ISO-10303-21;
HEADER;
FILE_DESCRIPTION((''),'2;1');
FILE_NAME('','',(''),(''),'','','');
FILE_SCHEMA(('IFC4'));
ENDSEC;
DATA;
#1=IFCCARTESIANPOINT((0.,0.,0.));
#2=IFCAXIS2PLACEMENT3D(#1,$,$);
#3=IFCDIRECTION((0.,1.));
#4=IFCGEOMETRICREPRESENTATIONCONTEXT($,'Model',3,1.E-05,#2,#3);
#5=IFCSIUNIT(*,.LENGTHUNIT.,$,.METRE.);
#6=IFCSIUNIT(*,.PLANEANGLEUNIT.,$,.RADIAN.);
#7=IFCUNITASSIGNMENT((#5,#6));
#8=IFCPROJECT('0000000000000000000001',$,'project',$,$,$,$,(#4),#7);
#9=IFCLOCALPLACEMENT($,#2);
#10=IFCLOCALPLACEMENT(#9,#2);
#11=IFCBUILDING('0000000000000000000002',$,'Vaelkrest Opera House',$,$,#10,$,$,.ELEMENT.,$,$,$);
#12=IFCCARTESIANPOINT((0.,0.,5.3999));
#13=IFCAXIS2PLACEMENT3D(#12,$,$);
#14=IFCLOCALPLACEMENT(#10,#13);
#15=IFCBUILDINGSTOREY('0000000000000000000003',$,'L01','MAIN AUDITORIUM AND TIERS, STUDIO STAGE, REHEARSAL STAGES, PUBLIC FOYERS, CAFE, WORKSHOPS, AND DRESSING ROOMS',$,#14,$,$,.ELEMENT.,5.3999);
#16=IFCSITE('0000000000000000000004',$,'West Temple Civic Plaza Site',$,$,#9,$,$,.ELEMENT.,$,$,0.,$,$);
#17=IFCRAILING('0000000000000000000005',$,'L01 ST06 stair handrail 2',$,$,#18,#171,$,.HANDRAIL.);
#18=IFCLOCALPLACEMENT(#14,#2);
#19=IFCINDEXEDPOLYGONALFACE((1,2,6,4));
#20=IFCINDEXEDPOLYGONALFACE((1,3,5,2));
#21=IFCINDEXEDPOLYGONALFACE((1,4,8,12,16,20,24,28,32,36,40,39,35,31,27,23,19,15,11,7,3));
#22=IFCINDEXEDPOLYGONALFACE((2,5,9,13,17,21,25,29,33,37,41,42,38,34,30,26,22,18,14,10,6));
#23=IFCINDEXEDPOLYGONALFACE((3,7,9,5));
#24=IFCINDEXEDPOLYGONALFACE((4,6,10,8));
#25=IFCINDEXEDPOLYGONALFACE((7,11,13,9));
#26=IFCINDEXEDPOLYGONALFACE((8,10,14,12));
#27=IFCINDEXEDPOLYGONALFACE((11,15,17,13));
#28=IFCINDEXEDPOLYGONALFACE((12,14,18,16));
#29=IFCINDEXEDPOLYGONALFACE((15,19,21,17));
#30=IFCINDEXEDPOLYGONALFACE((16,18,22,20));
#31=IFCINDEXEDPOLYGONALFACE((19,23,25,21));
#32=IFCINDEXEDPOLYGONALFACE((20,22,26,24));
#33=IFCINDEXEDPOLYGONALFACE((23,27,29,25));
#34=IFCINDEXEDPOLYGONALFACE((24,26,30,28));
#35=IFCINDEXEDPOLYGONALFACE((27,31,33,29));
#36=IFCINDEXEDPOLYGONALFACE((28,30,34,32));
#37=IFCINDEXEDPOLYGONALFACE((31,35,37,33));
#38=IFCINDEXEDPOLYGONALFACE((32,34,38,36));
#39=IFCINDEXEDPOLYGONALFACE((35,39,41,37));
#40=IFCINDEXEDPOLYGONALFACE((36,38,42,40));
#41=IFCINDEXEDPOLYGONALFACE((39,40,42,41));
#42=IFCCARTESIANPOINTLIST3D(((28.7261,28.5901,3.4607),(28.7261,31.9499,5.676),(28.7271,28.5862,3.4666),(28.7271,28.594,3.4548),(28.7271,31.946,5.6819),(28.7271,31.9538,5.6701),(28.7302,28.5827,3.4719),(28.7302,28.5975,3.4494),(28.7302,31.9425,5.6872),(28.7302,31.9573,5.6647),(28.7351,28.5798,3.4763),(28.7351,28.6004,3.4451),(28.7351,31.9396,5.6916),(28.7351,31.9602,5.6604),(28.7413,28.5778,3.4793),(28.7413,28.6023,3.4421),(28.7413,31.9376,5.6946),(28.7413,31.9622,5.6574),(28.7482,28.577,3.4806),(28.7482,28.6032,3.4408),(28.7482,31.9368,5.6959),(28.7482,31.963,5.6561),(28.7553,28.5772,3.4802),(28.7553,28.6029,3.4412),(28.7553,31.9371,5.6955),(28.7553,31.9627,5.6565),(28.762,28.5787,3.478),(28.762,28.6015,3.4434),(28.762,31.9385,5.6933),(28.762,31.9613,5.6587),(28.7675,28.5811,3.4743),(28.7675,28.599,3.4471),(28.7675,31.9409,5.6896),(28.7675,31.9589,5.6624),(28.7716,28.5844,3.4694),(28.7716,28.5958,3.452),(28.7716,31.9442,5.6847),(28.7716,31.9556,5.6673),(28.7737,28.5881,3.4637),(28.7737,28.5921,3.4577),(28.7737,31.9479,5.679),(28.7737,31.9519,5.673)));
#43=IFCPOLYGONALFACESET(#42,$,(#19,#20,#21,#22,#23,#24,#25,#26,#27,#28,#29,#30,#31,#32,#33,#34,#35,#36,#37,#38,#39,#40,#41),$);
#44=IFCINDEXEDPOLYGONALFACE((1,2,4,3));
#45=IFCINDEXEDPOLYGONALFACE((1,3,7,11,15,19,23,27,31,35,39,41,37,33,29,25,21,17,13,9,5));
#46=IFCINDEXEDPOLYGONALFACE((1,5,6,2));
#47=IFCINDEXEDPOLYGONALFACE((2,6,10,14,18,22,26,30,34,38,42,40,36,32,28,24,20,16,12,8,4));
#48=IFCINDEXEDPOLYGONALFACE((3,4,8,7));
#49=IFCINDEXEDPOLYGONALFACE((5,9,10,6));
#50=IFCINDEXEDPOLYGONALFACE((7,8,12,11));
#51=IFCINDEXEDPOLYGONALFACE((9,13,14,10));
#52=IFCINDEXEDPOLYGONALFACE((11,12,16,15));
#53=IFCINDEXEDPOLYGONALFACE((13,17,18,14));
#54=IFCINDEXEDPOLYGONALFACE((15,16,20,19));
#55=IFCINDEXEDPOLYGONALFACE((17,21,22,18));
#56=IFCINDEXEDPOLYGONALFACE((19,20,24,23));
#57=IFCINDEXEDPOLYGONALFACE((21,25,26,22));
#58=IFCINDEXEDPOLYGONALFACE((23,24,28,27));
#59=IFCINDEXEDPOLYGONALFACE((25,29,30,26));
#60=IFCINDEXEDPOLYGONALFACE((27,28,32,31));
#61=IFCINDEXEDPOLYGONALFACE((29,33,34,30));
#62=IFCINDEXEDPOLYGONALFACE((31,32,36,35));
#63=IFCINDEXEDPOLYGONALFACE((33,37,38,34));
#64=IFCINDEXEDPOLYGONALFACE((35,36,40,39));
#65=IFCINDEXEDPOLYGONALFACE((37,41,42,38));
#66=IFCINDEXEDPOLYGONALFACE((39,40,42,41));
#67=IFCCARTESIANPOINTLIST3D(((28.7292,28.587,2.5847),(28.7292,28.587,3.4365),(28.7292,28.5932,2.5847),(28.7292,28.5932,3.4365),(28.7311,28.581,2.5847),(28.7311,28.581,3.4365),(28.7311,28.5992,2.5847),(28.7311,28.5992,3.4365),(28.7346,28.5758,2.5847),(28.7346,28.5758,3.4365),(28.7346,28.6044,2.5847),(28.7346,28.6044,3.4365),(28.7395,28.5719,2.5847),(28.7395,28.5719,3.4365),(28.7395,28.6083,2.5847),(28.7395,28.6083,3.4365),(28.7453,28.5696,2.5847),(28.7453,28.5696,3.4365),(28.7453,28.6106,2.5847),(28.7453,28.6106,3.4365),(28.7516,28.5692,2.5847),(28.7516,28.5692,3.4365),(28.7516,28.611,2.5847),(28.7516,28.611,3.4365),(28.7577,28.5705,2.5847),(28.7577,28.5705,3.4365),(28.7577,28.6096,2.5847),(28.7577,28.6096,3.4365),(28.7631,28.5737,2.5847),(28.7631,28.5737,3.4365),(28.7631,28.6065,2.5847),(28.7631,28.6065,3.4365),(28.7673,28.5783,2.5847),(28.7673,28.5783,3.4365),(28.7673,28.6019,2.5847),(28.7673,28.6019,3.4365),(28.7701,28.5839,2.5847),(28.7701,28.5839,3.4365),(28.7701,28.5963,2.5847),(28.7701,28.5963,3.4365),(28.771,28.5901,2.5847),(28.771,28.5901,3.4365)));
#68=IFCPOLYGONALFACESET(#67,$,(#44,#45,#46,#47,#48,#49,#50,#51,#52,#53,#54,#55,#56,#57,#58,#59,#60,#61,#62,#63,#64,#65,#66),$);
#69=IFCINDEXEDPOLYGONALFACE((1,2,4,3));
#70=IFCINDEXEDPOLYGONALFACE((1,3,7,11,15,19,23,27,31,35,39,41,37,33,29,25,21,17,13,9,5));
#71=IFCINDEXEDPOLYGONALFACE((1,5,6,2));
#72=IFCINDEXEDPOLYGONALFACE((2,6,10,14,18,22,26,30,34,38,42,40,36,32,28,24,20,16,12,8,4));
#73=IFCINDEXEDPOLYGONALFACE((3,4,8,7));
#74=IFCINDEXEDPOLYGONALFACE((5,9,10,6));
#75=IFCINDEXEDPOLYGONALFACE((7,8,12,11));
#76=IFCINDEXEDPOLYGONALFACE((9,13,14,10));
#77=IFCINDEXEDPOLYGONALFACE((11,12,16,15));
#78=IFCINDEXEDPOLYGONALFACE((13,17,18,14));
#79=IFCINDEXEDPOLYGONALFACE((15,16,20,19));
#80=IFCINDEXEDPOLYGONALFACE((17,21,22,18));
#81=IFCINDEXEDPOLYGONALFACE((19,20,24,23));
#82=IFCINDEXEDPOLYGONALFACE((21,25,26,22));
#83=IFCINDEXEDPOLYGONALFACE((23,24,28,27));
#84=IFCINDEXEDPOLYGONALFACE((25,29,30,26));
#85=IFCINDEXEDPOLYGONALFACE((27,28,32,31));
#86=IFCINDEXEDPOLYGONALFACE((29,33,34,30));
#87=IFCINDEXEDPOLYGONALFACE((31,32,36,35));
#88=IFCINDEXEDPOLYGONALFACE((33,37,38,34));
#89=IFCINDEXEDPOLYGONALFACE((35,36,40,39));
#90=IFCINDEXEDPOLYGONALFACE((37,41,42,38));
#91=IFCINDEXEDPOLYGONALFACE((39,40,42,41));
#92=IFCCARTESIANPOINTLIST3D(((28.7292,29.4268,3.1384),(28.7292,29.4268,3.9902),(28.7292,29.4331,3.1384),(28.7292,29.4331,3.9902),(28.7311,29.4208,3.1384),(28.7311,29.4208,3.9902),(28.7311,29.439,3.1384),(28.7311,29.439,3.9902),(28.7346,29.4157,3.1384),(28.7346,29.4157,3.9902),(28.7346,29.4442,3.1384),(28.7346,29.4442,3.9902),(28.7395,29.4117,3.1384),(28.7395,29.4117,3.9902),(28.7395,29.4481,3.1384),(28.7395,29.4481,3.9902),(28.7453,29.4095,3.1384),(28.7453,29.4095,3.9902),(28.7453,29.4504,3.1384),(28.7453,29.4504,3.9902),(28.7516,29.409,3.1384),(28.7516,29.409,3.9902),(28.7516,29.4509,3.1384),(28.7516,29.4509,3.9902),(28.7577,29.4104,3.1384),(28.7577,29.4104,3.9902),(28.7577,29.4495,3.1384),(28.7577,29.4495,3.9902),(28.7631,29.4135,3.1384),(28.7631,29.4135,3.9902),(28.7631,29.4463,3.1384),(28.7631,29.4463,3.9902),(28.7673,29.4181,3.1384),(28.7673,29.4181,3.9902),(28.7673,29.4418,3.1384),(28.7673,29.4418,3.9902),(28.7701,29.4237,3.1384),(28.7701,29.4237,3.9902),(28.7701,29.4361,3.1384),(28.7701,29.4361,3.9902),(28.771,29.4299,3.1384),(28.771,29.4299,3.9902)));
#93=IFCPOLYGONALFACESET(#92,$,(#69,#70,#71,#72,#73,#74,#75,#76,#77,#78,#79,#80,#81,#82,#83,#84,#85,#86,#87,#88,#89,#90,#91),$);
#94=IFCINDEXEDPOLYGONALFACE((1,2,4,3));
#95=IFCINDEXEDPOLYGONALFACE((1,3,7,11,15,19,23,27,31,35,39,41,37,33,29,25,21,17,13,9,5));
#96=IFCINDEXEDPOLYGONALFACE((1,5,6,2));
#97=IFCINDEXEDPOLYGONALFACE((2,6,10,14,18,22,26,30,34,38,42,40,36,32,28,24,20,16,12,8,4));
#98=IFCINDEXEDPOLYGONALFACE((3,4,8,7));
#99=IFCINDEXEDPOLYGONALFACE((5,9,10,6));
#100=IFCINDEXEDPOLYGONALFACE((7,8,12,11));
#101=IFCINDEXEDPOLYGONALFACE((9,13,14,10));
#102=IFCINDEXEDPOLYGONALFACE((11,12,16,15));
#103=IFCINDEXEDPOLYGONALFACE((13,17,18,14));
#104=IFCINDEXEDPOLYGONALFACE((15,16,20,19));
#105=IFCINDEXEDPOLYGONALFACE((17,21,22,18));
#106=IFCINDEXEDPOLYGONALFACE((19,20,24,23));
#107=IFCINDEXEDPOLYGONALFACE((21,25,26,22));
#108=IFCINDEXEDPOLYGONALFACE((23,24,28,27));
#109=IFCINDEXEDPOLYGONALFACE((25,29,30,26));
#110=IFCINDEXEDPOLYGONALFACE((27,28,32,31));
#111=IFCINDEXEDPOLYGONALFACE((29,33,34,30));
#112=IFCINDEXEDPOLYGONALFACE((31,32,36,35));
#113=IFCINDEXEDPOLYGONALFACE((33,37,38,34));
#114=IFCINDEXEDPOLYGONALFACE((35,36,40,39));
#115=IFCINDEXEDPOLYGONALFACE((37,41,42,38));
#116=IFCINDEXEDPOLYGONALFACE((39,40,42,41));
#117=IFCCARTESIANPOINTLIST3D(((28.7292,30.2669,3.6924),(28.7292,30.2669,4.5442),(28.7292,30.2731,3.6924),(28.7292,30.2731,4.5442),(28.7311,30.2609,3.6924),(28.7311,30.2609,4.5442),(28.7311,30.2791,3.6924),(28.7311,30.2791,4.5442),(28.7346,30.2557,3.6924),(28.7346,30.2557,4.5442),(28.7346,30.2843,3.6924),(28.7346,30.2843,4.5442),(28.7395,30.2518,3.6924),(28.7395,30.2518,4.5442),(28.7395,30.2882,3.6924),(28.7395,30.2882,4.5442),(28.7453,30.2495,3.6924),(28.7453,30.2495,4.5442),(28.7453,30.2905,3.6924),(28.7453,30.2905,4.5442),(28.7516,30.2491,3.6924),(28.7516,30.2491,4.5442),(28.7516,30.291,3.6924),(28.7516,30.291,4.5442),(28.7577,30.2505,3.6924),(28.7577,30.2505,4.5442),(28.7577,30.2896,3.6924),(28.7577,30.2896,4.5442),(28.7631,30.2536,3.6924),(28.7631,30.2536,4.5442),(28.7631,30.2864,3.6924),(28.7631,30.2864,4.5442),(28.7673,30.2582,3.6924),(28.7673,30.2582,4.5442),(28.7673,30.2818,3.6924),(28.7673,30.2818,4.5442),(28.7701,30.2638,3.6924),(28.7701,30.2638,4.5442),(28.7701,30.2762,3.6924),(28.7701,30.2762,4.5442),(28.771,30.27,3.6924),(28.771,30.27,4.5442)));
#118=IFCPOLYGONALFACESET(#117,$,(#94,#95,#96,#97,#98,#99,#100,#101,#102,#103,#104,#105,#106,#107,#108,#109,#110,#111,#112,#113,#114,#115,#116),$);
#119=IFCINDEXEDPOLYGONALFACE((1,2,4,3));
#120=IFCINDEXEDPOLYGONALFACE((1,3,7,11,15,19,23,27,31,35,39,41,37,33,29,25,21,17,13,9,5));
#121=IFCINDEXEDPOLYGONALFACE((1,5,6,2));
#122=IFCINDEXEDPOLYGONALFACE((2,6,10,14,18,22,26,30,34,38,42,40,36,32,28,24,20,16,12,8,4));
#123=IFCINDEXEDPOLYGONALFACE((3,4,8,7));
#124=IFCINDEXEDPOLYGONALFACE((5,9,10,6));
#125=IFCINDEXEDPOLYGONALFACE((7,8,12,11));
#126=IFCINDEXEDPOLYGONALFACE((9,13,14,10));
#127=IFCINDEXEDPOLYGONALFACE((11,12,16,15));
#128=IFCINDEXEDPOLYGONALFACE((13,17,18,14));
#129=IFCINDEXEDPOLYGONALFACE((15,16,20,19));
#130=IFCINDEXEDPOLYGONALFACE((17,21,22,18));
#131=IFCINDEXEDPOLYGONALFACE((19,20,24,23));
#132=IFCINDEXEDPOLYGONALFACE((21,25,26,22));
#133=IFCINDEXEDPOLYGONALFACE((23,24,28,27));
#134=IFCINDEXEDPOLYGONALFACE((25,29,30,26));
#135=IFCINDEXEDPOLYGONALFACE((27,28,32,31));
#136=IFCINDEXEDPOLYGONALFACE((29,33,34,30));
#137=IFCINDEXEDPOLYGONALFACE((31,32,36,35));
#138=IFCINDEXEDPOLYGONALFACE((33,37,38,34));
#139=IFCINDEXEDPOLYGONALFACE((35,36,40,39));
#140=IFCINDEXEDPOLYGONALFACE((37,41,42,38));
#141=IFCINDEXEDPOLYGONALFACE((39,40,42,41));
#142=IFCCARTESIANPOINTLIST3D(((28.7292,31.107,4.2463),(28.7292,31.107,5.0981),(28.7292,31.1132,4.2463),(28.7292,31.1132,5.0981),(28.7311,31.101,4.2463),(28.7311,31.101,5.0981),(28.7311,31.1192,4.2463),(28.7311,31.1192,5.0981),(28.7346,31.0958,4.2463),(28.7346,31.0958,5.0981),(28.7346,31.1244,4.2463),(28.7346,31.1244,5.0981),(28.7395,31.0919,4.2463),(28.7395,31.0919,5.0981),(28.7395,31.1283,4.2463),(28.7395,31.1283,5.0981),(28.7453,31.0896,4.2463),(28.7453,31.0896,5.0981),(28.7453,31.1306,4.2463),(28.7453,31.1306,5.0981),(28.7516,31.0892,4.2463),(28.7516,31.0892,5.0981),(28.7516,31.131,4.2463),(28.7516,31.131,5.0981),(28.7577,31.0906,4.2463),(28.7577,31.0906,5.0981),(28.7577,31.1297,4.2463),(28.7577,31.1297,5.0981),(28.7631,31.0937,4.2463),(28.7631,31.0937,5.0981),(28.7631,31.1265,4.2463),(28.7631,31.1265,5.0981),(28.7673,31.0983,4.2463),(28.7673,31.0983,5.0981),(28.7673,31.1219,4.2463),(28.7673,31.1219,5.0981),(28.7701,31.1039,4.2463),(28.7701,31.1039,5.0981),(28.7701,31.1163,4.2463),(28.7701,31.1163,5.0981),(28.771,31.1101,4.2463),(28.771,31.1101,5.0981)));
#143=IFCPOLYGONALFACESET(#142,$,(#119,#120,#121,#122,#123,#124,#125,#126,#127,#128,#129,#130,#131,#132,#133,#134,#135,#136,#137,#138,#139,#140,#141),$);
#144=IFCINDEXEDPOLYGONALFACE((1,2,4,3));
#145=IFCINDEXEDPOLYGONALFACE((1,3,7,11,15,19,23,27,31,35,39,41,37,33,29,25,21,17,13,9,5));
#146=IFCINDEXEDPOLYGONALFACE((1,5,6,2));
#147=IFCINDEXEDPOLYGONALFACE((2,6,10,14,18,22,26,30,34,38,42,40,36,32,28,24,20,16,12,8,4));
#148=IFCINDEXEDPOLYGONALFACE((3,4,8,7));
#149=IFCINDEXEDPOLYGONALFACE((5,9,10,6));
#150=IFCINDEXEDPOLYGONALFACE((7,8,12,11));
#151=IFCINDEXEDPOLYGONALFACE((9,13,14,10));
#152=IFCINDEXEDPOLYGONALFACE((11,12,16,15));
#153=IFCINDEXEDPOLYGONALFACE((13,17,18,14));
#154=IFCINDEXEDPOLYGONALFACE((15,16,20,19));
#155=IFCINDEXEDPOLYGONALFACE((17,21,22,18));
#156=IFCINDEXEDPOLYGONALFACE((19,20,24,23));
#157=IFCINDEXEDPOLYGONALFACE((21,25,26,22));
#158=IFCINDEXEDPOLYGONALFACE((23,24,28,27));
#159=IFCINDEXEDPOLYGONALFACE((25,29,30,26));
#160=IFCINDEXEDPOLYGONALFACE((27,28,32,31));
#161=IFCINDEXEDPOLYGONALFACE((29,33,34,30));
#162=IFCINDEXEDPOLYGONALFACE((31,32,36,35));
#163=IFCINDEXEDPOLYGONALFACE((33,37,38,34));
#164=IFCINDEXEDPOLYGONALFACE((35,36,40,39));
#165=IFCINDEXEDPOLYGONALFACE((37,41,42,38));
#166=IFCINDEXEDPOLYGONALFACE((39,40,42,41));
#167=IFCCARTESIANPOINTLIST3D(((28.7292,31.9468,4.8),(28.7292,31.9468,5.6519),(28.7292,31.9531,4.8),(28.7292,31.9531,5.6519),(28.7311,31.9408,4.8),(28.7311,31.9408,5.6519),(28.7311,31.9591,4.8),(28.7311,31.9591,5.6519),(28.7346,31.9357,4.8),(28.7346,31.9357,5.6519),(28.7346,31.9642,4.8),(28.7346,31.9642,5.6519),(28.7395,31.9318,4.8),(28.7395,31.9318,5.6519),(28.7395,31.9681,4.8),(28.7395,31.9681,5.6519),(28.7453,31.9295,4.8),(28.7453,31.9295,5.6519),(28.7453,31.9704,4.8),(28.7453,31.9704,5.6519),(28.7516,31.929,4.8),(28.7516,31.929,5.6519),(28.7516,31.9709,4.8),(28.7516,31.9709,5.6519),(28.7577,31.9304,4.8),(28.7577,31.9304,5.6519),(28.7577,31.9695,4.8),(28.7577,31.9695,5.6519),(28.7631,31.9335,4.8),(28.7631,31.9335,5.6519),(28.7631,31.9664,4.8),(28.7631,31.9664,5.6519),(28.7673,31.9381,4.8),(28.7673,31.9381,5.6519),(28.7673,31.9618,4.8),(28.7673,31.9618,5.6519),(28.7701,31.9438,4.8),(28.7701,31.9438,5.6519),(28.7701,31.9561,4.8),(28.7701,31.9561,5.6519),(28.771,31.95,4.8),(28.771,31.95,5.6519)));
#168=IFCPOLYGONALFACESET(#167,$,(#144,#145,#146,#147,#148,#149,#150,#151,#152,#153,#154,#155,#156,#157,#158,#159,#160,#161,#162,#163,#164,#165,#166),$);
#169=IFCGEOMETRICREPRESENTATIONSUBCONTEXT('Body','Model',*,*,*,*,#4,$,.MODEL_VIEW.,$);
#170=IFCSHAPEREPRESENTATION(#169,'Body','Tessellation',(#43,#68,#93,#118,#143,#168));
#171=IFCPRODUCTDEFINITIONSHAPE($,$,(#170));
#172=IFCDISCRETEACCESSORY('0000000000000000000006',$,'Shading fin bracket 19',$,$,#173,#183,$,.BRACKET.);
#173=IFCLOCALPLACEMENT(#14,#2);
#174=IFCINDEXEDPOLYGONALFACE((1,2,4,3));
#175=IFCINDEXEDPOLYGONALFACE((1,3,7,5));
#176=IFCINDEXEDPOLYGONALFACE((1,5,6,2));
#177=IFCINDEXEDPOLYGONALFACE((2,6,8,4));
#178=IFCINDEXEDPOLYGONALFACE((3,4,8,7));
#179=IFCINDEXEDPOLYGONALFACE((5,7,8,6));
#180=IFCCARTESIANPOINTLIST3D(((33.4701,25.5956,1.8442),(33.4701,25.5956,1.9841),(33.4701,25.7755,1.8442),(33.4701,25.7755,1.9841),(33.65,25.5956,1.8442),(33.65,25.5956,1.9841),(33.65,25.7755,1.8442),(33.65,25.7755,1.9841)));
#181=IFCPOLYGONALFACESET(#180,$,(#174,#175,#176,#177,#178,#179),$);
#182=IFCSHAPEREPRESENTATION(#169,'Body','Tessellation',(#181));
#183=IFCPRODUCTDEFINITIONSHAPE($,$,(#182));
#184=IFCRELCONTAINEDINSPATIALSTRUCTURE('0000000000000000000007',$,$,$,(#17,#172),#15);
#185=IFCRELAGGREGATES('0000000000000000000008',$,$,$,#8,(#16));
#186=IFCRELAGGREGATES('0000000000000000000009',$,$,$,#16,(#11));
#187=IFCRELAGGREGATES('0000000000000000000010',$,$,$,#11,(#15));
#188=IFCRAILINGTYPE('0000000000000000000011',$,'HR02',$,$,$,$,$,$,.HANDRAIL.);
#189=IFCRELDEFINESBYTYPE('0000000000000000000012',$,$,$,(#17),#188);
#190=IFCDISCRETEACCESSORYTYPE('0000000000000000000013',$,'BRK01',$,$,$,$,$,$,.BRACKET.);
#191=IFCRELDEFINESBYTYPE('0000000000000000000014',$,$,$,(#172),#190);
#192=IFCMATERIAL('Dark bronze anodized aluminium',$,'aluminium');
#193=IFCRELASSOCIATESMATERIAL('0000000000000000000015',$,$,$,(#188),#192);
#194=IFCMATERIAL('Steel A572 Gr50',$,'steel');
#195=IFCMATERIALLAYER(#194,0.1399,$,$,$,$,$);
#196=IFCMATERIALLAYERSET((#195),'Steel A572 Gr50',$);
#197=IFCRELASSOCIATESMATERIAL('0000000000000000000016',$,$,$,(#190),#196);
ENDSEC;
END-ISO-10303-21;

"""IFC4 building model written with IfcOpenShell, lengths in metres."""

from ifc_helpers import new_model, si_unit, direction, frame, origin, origin_2d, place, context, subcontext, project, spatial, rectangle, circle, extrude, material, layer, layer_set, type_object, element, save


model = new_model("IFC4")

# Units and contexts
model_context = context("Model", 3, precision=1e-05, world=origin(), true_north=direction((0.0, 1.0)))
body_context = subcontext(model_context, "Body", "Model", "MODEL_VIEW")
ifc_project = project(units=[si_unit("LENGTHUNIT", "METRE"), si_unit("PLANEANGLEUNIT", "RADIAN")], contexts=[model_context])

# Site, building, storey
site_placement = place(None, origin())
site = spatial("IfcSite", under=ifc_project, at=site_placement, Name="West Temple Civic Plaza Site", CompositionType="ELEMENT", RefElevation=0.0)
building_placement = place(site_placement, origin())
building = spatial("IfcBuilding", under=site, at=building_placement, Name="Vaelkrest Opera House", CompositionType="ELEMENT")
storey_placement = place(building_placement, frame((0.0, 0.0, 5.3999)))
storey = spatial("IfcBuildingStorey", under=building, at=storey_placement, Name="L01", Description="MAIN AUDITORIUM AND TIERS, STUDIO STAGE, REHEARSAL STAGES, PUBLIC FOYERS, CAFE, WORKSHOPS, AND DRESSING ROOMS", CompositionType="ELEMENT", Elevation=5.3999)

# Shared definitions
ifc_material_1 = material(Name="Dark bronze anodized aluminium", Category="aluminium")

# Railing
railing_type_1 = type_object("IfcRailingType", Name="HR02", PredefinedType="HANDRAIL", material=ifc_material_1)
railing_1_placement = place(storey_placement, frame((28.75, 28.5901, 2.5847)))
element("IfcRailing", 1, at=railing_1_placement, inside=storey, type_object=railing_type_1, Name="L01 ST06 stair handrail 2", PredefinedType="HANDRAIL", context=body_context, shape_type="SweptSolid", body=[
    extrude(circle(Radius=0.0239, at=origin_2d()), frame((0.0, 0.0, 0.876), z_axis=(0.0, 0.834858, 0.550465), x_axis=(-1.0, 0.0, 0.0)), (0.0, 0.0, 1.0), 4.0244),
    extrude(circle(Radius=0.021, at=origin_2d()), origin(), (0.0, 0.0, 1.0), 0.8518),
    extrude(circle(Radius=0.021, at=origin_2d()), frame((0.0, 0.8398, 0.5537)), (0.0, 0.0, 1.0), 0.8518),
    extrude(circle(Radius=0.021, at=origin_2d()), frame((0.0, 1.6799, 1.1077)), (0.0, 0.0, 1.0), 0.8518),
    extrude(circle(Radius=0.021, at=origin_2d()), frame((0.0, 2.52, 1.6616)), (0.0, 0.0, 1.0), 0.8518),
    extrude(circle(Radius=0.021, at=origin_2d()), frame((0.0, 3.3599, 2.2153)), (0.0, 0.0, 1.0), 0.8518),
])

# Discrete accessory
ifc_material_2 = material(Name="Steel A572 Gr50", Category="steel")
ifc_layer_1 = layer(ifc_material_2, 0.1399)
ifc_layer_set_1 = layer_set([ifc_layer_1], Name="Steel A572 Gr50")
discrete_accessory_type = type_object("IfcDiscreteAccessoryType", Name="BRK01", PredefinedType="BRACKET", material=ifc_layer_set_1)
discrete_accessory_placement = place(storey_placement, frame((33.5601, 25.6855, 1.8442), z_axis=(0.0, 0.0, 1.0), x_axis=(-1.0, 0.0, 0.0)))
element("IfcDiscreteAccessory", 2, at=discrete_accessory_placement, inside=storey, type_object=discrete_accessory_type, Name="Shading fin bracket 19", PredefinedType="BRACKET", context=body_context, shape_type="SweptSolid", body=[
    extrude(rectangle(XDim=0.1799, YDim=0.1799, at=origin_2d()), origin(), (0.0, 0.0, 1.0), 0.1399),
])

save(model, "model.ifc")
